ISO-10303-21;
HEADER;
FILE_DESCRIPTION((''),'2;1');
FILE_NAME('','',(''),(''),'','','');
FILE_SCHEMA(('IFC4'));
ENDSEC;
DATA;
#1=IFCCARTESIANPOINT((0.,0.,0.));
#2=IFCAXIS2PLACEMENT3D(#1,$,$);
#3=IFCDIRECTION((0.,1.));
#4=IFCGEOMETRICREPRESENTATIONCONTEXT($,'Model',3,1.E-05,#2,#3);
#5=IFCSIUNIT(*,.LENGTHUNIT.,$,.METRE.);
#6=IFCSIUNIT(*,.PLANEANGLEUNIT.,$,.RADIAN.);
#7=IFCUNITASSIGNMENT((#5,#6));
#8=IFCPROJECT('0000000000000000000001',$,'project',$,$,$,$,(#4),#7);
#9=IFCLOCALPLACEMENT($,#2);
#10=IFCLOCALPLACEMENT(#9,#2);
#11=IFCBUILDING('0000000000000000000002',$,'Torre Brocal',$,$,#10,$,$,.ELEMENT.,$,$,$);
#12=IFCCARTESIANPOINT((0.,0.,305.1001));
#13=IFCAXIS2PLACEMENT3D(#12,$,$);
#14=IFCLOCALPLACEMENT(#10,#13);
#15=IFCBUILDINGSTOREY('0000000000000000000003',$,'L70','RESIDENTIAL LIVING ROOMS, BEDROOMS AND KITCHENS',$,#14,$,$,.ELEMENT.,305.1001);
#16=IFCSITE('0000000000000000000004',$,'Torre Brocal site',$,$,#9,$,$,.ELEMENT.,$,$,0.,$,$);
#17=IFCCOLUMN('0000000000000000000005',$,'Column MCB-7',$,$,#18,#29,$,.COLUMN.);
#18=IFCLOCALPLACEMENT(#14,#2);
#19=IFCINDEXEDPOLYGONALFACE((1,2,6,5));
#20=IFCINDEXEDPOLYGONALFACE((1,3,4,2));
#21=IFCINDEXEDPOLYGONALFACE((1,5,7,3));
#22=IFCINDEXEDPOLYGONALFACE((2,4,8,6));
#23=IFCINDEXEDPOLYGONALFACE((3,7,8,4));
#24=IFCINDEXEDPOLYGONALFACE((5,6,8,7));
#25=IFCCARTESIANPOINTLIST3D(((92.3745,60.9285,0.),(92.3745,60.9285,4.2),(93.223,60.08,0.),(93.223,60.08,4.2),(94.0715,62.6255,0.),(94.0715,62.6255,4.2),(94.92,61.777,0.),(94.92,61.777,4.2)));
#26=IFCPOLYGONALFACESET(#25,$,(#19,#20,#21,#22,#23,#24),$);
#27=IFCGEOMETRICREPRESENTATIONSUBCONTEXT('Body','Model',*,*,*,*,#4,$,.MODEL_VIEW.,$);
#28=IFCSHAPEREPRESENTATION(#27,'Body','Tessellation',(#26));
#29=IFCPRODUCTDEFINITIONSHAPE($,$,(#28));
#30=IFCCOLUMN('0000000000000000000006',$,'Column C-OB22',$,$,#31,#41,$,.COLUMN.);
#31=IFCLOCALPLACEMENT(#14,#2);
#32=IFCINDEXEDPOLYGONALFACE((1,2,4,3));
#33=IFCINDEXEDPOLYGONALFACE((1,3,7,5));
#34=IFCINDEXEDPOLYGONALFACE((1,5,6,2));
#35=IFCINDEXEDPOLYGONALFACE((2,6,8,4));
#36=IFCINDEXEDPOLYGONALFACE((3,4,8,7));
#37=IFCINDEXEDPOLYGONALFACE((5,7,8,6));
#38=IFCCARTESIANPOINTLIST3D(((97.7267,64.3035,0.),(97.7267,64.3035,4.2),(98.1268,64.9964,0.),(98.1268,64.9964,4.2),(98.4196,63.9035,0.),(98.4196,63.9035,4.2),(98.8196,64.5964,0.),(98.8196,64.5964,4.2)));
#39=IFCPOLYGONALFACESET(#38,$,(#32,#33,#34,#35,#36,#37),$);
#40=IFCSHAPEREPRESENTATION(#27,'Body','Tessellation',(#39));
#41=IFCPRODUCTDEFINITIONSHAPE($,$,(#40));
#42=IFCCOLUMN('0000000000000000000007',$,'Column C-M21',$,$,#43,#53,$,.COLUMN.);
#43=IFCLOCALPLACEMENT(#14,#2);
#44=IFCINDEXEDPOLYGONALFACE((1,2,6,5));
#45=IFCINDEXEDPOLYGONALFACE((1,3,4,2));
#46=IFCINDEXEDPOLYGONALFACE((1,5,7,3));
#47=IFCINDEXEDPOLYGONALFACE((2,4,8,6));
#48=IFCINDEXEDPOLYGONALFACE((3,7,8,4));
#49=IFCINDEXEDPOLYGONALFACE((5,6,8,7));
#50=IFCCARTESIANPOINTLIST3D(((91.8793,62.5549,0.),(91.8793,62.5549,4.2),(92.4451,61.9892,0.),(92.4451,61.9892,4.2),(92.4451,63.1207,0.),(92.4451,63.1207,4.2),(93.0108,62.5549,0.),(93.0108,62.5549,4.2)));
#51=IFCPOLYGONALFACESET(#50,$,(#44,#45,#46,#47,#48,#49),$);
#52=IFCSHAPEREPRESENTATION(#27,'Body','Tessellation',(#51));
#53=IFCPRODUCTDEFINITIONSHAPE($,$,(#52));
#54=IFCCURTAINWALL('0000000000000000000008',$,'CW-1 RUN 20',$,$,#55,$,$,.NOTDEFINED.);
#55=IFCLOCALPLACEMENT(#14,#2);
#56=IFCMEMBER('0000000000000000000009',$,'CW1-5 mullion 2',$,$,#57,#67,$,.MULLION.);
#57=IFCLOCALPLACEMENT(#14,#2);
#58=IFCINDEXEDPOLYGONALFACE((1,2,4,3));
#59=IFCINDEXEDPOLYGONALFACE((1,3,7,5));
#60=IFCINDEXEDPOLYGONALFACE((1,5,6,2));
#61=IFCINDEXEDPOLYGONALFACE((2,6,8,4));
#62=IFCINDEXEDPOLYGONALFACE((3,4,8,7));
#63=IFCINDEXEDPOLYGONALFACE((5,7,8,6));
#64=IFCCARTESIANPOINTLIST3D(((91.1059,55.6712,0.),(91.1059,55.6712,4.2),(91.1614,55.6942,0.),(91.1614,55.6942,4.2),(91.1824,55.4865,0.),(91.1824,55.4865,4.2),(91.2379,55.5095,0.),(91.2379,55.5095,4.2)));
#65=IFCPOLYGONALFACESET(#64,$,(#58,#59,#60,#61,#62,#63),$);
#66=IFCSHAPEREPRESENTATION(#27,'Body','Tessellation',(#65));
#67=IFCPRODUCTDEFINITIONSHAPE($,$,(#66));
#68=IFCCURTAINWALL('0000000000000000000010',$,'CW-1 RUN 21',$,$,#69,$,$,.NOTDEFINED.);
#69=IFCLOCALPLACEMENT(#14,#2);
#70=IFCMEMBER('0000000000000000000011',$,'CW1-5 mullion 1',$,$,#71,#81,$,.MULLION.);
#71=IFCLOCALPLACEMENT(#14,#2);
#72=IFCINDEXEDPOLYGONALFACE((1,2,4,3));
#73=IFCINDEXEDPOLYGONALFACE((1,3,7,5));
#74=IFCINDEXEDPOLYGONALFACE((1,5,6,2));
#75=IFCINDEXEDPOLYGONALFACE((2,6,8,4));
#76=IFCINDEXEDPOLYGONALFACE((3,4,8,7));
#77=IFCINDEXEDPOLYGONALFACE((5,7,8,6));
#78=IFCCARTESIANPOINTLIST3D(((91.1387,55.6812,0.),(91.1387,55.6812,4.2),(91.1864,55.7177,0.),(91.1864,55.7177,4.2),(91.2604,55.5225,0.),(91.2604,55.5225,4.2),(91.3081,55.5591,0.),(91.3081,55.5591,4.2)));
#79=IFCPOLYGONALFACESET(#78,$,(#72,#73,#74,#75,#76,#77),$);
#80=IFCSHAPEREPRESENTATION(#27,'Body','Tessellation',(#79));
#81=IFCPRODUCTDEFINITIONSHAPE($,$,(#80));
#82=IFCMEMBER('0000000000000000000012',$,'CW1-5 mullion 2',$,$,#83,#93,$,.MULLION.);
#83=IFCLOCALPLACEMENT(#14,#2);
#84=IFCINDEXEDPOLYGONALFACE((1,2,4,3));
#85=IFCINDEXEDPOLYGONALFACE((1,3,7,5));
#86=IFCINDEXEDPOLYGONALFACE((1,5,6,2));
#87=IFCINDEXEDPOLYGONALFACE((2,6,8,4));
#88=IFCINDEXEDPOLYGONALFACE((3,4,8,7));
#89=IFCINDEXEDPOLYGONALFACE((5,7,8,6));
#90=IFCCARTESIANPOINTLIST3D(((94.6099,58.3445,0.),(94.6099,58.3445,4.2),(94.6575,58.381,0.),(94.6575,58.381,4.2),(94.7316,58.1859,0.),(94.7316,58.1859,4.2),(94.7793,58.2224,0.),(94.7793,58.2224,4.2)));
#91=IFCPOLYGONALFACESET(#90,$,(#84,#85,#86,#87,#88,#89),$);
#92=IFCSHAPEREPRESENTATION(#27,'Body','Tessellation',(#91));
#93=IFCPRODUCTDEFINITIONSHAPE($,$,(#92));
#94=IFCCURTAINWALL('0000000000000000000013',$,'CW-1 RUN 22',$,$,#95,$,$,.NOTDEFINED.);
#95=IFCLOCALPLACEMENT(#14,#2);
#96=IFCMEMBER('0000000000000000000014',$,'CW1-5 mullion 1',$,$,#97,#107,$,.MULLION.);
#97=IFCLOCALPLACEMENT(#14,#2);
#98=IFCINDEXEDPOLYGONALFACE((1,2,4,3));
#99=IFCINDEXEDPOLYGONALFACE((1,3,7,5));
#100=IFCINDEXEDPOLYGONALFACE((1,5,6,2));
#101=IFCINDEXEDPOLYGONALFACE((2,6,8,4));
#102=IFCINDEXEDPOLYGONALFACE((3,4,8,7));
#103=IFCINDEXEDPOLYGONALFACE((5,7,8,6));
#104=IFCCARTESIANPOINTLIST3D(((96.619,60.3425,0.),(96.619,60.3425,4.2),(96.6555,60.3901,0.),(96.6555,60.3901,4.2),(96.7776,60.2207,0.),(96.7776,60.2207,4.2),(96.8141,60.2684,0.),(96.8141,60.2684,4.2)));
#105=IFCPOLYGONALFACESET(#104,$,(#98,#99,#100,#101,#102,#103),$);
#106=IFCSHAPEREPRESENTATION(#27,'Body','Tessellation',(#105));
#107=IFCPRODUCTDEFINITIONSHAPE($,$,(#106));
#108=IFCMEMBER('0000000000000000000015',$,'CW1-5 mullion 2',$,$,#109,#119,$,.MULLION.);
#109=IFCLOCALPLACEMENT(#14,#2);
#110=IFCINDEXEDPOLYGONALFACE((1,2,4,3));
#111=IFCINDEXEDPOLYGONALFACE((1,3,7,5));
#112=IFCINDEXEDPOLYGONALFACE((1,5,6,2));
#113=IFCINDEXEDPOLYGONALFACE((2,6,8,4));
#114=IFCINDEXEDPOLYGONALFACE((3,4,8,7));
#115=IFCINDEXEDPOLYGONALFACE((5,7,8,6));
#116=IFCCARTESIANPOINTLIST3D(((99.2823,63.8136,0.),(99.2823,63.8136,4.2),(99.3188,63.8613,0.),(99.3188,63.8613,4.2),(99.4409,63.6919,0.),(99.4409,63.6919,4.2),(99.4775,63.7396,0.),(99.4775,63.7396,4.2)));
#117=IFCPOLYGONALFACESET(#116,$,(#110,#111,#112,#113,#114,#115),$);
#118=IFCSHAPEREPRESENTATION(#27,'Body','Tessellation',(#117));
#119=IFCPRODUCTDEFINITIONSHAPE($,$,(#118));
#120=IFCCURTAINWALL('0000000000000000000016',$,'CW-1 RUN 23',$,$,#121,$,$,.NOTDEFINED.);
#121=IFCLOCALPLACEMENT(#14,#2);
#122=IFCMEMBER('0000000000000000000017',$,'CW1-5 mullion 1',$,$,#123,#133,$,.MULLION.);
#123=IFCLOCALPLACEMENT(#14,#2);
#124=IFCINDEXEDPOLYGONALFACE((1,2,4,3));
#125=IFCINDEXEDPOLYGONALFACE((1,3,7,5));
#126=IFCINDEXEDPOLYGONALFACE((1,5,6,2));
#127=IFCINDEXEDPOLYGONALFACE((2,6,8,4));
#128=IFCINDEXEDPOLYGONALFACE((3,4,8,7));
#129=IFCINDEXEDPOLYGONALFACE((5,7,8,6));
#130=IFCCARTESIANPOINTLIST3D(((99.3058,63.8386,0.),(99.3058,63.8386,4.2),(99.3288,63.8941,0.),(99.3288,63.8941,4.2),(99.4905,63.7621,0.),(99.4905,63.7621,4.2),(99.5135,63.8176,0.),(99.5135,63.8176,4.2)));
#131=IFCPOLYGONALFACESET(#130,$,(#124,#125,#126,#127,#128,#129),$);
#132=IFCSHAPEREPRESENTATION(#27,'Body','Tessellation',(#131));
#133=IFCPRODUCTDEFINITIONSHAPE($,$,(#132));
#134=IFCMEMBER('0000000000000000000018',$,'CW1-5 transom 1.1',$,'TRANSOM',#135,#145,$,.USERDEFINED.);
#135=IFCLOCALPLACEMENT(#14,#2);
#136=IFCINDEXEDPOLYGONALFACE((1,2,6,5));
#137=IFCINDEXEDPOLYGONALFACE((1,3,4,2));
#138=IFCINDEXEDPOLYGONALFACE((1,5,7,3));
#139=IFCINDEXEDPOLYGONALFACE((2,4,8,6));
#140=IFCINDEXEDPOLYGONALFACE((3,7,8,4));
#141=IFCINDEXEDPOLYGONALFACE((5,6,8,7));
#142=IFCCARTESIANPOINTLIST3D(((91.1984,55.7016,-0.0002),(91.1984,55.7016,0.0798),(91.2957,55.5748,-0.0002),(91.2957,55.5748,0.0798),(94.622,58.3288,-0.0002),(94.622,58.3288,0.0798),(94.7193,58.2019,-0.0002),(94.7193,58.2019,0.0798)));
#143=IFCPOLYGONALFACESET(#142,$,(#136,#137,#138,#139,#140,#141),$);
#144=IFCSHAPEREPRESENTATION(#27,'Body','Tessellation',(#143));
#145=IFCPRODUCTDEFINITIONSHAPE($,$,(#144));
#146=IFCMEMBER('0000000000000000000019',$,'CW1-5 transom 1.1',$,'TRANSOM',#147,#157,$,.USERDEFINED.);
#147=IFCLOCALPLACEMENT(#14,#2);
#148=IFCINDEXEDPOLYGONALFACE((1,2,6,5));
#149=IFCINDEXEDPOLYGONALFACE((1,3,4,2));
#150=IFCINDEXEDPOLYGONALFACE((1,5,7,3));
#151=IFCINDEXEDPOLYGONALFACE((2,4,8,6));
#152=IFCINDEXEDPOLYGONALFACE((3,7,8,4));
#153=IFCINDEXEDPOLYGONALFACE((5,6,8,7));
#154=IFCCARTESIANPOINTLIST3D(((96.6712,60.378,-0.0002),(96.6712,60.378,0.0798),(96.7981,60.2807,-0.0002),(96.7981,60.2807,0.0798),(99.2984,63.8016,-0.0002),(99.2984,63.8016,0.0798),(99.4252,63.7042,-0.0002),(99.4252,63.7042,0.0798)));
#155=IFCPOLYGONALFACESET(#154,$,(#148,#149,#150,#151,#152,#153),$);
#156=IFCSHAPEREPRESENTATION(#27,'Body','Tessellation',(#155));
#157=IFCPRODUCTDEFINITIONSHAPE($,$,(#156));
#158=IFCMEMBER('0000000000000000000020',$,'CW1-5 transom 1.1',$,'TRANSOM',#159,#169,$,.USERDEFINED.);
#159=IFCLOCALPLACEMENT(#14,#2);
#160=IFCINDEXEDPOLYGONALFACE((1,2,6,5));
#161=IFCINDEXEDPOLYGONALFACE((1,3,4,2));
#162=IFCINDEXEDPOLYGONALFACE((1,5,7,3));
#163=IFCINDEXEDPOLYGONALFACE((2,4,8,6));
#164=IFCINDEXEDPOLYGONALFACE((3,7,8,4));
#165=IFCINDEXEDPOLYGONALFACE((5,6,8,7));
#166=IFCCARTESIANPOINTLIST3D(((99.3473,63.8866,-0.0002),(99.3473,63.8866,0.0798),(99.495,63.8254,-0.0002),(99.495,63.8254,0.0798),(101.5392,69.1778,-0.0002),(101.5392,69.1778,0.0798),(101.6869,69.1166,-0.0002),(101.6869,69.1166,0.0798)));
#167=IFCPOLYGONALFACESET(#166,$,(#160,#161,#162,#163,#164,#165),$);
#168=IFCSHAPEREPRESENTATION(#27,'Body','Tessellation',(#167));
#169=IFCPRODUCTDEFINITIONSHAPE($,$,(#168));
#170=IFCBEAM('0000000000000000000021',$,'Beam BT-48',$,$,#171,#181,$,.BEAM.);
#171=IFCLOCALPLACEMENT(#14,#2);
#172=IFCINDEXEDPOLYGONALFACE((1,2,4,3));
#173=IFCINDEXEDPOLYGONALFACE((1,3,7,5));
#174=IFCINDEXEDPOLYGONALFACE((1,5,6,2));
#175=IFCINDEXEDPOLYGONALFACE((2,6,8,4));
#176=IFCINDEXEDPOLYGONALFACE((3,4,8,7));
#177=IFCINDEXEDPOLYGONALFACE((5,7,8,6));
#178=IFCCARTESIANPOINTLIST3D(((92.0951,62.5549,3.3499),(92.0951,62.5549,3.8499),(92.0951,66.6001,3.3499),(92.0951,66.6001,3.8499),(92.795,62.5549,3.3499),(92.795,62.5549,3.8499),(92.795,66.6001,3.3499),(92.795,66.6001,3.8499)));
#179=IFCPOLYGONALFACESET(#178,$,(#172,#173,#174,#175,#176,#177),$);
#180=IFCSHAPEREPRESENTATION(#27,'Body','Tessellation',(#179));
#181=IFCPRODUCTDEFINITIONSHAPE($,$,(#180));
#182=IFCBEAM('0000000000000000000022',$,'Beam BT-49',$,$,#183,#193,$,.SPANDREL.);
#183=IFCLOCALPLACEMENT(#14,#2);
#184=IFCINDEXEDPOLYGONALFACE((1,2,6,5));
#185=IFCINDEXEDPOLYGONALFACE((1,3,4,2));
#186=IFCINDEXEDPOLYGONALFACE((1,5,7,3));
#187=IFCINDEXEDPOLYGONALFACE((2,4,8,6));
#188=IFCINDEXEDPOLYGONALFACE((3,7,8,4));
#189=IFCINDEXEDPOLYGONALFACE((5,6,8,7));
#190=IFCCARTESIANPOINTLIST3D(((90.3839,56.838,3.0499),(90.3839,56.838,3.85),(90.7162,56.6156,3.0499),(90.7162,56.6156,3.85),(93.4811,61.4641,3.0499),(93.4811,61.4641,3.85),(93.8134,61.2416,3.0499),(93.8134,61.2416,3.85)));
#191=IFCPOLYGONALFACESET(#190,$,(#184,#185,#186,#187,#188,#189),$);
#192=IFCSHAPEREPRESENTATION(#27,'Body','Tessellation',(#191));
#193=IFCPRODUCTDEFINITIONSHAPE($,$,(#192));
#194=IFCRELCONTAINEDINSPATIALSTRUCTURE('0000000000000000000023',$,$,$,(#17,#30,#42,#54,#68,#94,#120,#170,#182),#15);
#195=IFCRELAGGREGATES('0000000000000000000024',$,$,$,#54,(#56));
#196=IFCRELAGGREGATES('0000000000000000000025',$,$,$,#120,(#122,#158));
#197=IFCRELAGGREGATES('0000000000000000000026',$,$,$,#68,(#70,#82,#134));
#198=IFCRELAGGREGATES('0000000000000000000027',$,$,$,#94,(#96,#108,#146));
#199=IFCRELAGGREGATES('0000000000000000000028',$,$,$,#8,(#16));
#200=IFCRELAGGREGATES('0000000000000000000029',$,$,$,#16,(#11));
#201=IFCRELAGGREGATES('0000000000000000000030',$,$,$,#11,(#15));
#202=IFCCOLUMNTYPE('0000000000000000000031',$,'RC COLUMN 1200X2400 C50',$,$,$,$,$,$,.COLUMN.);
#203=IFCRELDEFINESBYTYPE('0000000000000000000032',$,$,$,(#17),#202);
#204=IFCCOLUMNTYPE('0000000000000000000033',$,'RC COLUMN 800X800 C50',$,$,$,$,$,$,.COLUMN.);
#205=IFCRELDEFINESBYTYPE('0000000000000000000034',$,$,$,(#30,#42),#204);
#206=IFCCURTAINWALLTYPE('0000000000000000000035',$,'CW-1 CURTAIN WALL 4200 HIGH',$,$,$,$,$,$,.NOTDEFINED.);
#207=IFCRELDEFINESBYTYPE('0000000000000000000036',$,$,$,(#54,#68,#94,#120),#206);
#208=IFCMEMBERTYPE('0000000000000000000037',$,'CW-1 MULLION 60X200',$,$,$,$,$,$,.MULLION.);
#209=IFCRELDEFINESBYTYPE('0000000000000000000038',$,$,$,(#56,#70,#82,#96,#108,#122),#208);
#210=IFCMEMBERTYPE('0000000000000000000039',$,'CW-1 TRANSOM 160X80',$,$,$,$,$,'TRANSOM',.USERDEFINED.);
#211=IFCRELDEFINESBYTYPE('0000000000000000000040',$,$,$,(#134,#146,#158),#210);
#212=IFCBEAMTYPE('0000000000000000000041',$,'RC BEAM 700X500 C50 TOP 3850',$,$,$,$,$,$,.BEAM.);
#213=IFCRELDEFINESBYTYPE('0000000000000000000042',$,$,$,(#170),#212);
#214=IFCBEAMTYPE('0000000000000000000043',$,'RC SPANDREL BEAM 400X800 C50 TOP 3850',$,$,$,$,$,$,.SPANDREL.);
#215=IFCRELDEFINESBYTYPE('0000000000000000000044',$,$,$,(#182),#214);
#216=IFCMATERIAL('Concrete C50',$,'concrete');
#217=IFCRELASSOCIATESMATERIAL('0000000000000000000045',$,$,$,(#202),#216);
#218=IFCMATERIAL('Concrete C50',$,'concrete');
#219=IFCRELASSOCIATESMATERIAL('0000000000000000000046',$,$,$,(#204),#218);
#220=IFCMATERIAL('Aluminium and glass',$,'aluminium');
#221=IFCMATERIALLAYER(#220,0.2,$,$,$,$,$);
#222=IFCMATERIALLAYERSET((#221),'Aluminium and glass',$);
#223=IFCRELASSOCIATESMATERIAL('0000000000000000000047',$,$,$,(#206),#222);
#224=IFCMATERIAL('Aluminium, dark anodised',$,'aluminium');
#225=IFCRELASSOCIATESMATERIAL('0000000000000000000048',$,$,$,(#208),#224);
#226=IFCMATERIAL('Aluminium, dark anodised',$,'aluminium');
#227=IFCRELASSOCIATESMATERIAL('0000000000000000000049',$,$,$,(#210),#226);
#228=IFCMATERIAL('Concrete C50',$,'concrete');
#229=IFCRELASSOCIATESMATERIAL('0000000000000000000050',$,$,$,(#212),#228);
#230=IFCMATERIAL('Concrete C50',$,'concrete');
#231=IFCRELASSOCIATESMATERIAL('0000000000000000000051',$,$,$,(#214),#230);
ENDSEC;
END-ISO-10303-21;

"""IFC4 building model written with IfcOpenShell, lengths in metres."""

from ifc_helpers import new_model, si_unit, direction, frame, origin, origin_2d, place, context, subcontext, project, spatial, rectangle, extrude, material, layer, layer_set, material_profile, profile_set, type_object, element, aggregate, save


model = new_model("IFC4")

# Units and contexts
model_context = context("Model", 3, precision=1e-05, world=origin(), true_north=direction((0.0, 1.0)))
body_context = subcontext(model_context, "Body", "Model", "MODEL_VIEW")
ifc_project = project(units=[si_unit("LENGTHUNIT", "METRE"), si_unit("PLANEANGLEUNIT", "RADIAN")], contexts=[model_context])

# Site, building, storey
site_placement = place(None, origin())
site = spatial("IfcSite", under=ifc_project, at=site_placement, Name="Torre Brocal site", CompositionType="ELEMENT", RefElevation=0.0)
building_placement = place(site_placement, origin())
building = spatial("IfcBuilding", under=site, at=building_placement, Name="Torre Brocal", CompositionType="ELEMENT")
storey_placement = place(building_placement, frame((0.0, 0.0, 305.1001)))
storey = spatial("IfcBuildingStorey", under=building, at=storey_placement, Name="L70", Description="RESIDENTIAL LIVING ROOMS, BEDROOMS AND KITCHENS", CompositionType="ELEMENT", Elevation=305.1001)

# Columns
ifc_material_1 = material(Name="Concrete C50", Category="concrete")
ifc_material_profile_1 = material_profile(ifc_material_1, rectangle(XDim=1.2, YDim=2.3999, at=origin_2d()), Name="RC 1200X2400")
ifc_profile_set_1 = profile_set([ifc_material_profile_1], Name="Concrete C50")
column_type_1 = type_object("IfcColumnType", Name="RC COLUMN 1200X2400 C50", PredefinedType="COLUMN", material=ifc_profile_set_1)
column_placement = place(storey_placement, frame((93.6472, 61.3528, 0.0), z_axis=(0.0, 0.0, 1.0), x_axis=(0.707107, -0.707107, 0.0)))
element("IfcColumn", 1, at=column_placement, inside=storey, type_object=column_type_1, Name="Column MCB-7", PredefinedType="COLUMN", context=body_context, shape_type="SweptSolid", body=[
    extrude(rectangle(XDim=1.2, YDim=2.3999, at=origin_2d()), origin(), (0.0, 0.0, 1.0), 4.2),
])
ifc_material_2 = material(Name="Concrete C50", Category="concrete")
ifc_material_profile_2 = material_profile(ifc_material_2, rectangle(XDim=0.8, YDim=0.8, at=origin_2d()), Name="RC 800X800")
ifc_profile_set_2 = profile_set([ifc_material_profile_2], Name="Concrete C50")
column_type_2 = type_object("IfcColumnType", Name="RC COLUMN 800X800 C50", PredefinedType="COLUMN", material=ifc_profile_set_2)
for number, where, z_axis, x_axis, name in (
    (2, (98.2732, 64.45, 0.0), (0.0, 0.0, 1.0), (0.866025, -0.5, 0.0), "Column C-OB22"),
    (3, (92.4451, 62.5549, 0.0), (0.0, 0.0, 1.0), (0.707107, -0.707107, 0.0), "Column C-M21"),
):
    element("IfcColumn", number, at=place(storey_placement, frame(where, z_axis=z_axis, x_axis=x_axis)), inside=storey, type_object=column_type_2, Name=name, PredefinedType="COLUMN", context=body_context, shape_type="SweptSolid", body=[
        extrude(rectangle(XDim=0.8, YDim=0.8, at=origin_2d()), origin(), (0.0, 0.0, 1.0), 4.2),
    ])

# Curtain wall, member
ifc_material_3 = material(Name="Aluminium and glass", Category="aluminium")
ifc_layer_1 = layer(ifc_material_3, 0.2)
ifc_layer_set_1 = layer_set([ifc_layer_1], Name="Aluminium and glass")
curtain_wall_type = type_object("IfcCurtainWallType", Name="CW-1 CURTAIN WALL 4200 HIGH", PredefinedType="NOTDEFINED", material=ifc_layer_set_1)
curtain_wall_1_placement = place(storey_placement, origin())
curtain_wall_1 = element("IfcCurtainWall", 4, at=curtain_wall_1_placement, inside=storey, type_object=curtain_wall_type, Name="CW-1 RUN 20", PredefinedType="NOTDEFINED")
ifc_material_4 = material(Name="Aluminium, dark anodised", Category="aluminium")
ifc_material_profile_3 = material_profile(ifc_material_4, rectangle(XDim=0.2, YDim=0.0601, at=origin_2d()), Name="CW-1 MULLION 60X200")
ifc_profile_set_3 = profile_set([ifc_material_profile_3], Name="Aluminium, dark anodised")
member_type_1 = type_object("IfcMemberType", Name="CW-1 MULLION 60X200", PredefinedType="MULLION", material=ifc_profile_set_3)
member_1_placement = place(storey_placement, frame((91.1719, 55.5903, 0.0), z_axis=(0.0, 0.0, 1.0), x_axis=(-0.382683, 0.92388, 0.0)))
member_1 = element("IfcMember", 5, at=member_1_placement, type_object=member_type_1, Name="CW1-5 mullion 2", PredefinedType="MULLION", context=body_context, shape_type="SweptSolid", body=[
    extrude(rectangle(XDim=0.2, YDim=0.0601, at=origin_2d()), origin(), (0.0, 0.0, 1.0), 4.2),
])
aggregate(curtain_wall_1, [member_1])

# Curtain walls, members
curtain_wall_2_placement = place(storey_placement, origin())
curtain_wall_2 = element("IfcCurtainWall", 6, at=curtain_wall_2_placement, inside=storey, type_object=curtain_wall_type, Name="CW-1 RUN 21", PredefinedType="NOTDEFINED")
member_2_placement = place(storey_placement, frame((91.2234, 55.6201, 0.0), z_axis=(0.0, 0.0, 1.0), x_axis=(-0.608761, 0.793353, 0.0)))
member_2 = element("IfcMember", 7, at=member_2_placement, type_object=member_type_1, Name="CW1-5 mullion 1", PredefinedType="MULLION", context=body_context, shape_type="SweptSolid", body=[
    extrude(rectangle(XDim=0.2, YDim=0.0601, at=origin_2d()), origin(), (0.0, 0.0, 1.0), 4.2),
])
member_3_placement = place(storey_placement, frame((94.6946, 58.2834, 0.0), z_axis=(0.0, 0.0, 1.0), x_axis=(-0.608761, 0.793353, 0.0)))
member_3 = element("IfcMember", 8, at=member_3_placement, type_object=member_type_1, Name="CW1-5 mullion 2", PredefinedType="MULLION", context=body_context, shape_type="SweptSolid", body=[
    extrude(rectangle(XDim=0.2, YDim=0.0601, at=origin_2d()), origin(), (0.0, 0.0, 1.0), 4.2),
])
curtain_wall_3_placement = place(storey_placement, origin())
curtain_wall_3 = element("IfcCurtainWall", 9, at=curtain_wall_3_placement, inside=storey, type_object=curtain_wall_type, Name="CW-1 RUN 22", PredefinedType="NOTDEFINED")
member_4_placement = place(storey_placement, frame((96.7166, 60.3054, 0.0), z_axis=(0.0, 0.0, 1.0), x_axis=(-0.793353, 0.608761, 0.0)))
member_4 = element("IfcMember", 10, at=member_4_placement, type_object=member_type_1, Name="CW1-5 mullion 1", PredefinedType="MULLION", context=body_context, shape_type="SweptSolid", body=[
    extrude(rectangle(XDim=0.2, YDim=0.0601, at=origin_2d()), origin(), (0.0, 0.0, 1.0), 4.2),
])
member_5_placement = place(storey_placement, frame((99.3799, 63.7766, 0.0), z_axis=(0.0, 0.0, 1.0), x_axis=(-0.793353, 0.608761, 0.0)))
member_5 = element("IfcMember", 11, at=member_5_placement, type_object=member_type_1, Name="CW1-5 mullion 2", PredefinedType="MULLION", context=body_context, shape_type="SweptSolid", body=[
    extrude(rectangle(XDim=0.2, YDim=0.0601, at=origin_2d()), origin(), (0.0, 0.0, 1.0), 4.2),
])

# Curtain wall, member
curtain_wall_4_placement = place(storey_placement, origin())
curtain_wall_4 = element("IfcCurtainWall", 12, at=curtain_wall_4_placement, inside=storey, type_object=curtain_wall_type, Name="CW-1 RUN 23", PredefinedType="NOTDEFINED")
member_6_placement = place(storey_placement, frame((99.4097, 63.8281, 0.0), z_axis=(0.0, 0.0, 1.0), x_axis=(-0.92388, 0.382683, 0.0)))
member_6 = element("IfcMember", 13, at=member_6_placement, type_object=member_type_1, Name="CW1-5 mullion 1", PredefinedType="MULLION", context=body_context, shape_type="SweptSolid", body=[
    extrude(rectangle(XDim=0.2, YDim=0.0601, at=origin_2d()), origin(), (0.0, 0.0, 1.0), 4.2),
])

# Members
ifc_material_5 = material(Name="Aluminium, dark anodised", Category="aluminium")
ifc_material_profile_4 = material_profile(ifc_material_5, rectangle(XDim=0.1599, YDim=0.0801, at=origin_2d()), Name="CW-1 TRANSOM 160X80")
ifc_profile_set_4 = profile_set([ifc_material_profile_4], Name="Aluminium, dark anodised")
member_type_2 = type_object("IfcMemberType", Name="CW-1 TRANSOM 160X80", ElementType="TRANSOM", PredefinedType="USERDEFINED", material=ifc_profile_set_4)
member_7_placement = place(storey_placement, frame((91.2471, 55.6382, 0.0398), z_axis=(0.793332, 0.608789, 0.0), x_axis=(-0.608789, 0.793332, 0.0)))
member_7 = element("IfcMember", 14, at=member_7_placement, type_object=member_type_2, Name="CW1-5 transom 1.1", ObjectType="TRANSOM", PredefinedType="USERDEFINED", context=body_context, shape_type="SweptSolid", body=[
    extrude(rectangle(XDim=0.1599, YDim=0.0801, at=origin_2d()), origin(), (0.0, 0.0, 1.0), 4.3154),
])
member_8_placement = place(storey_placement, frame((96.7346, 60.3293, 0.0398), z_axis=(0.608789, 0.793332, 0.0), x_axis=(-0.793332, 0.608789, 0.0)))
member_8 = element("IfcMember", 15, at=member_8_placement, type_object=member_type_2, Name="CW1-5 transom 1.1", ObjectType="TRANSOM", PredefinedType="USERDEFINED", context=body_context, shape_type="SweptSolid", body=[
    extrude(rectangle(XDim=0.1599, YDim=0.0801, at=origin_2d()), origin(), (0.0, 0.0, 1.0), 4.3154),
])
member_9_placement = place(storey_placement, frame((99.4211, 63.856, 0.0398), z_axis=(0.382711, 0.923868, 0.0), x_axis=(-0.923868, 0.382711, 0.0)))
member_9 = element("IfcMember", 16, at=member_9_placement, type_object=member_type_2, Name="CW1-5 transom 1.1", ObjectType="TRANSOM", PredefinedType="USERDEFINED", context=body_context, shape_type="SweptSolid", body=[
    extrude(rectangle(XDim=0.1599, YDim=0.0801, at=origin_2d()), origin(), (0.0, 0.0, 1.0), 5.7273),
])
aggregate(curtain_wall_4, [member_6, member_9])

# Beams
ifc_material_6 = material(Name="Concrete C50", Category="concrete")
ifc_material_profile_5 = material_profile(ifc_material_6, rectangle(XDim=0.7, YDim=0.5, at=origin_2d()), Name="RC 700X500")
ifc_profile_set_5 = profile_set([ifc_material_profile_5], Name="Concrete C50")
beam_type_1 = type_object("IfcBeamType", Name="RC BEAM 700X500 C50 TOP 3850", PredefinedType="BEAM", material=ifc_profile_set_5)
beam_placement = place(storey_placement, frame((92.4451, 62.5549, 3.5999), z_axis=(0.0, 1.0, 0.0), x_axis=(-1.0, 0.0, 0.0)))
element("IfcBeam", 17, at=beam_placement, inside=storey, type_object=beam_type_1, Name="Beam BT-48", PredefinedType="BEAM", context=body_context, shape_type="SweptSolid", body=[
    extrude(rectangle(XDim=0.7, YDim=0.5, at=origin_2d()), origin(), (0.0, 0.0, 1.0), 4.0452),
])
ifc_material_7 = material(Name="Concrete C50", Category="concrete")
ifc_material_profile_6 = material_profile(ifc_material_7, rectangle(XDim=0.3999, YDim=0.8, at=origin_2d()), Name="RC 400X800")
ifc_profile_set_6 = profile_set([ifc_material_profile_6], Name="Concrete C50")
beam_type_2 = type_object("IfcBeamType", Name="RC SPANDREL BEAM 400X800 C50 TOP 3850", PredefinedType="SPANDREL", material=ifc_profile_set_6)
for number, where, z_axis, x_axis, name in (
    (18, (90.55, 56.7268, 3.45), (0.556339, 0.830956, 0.0), (-0.830956, 0.556339, 0.0), "Beam BT-49"),
):
    element("IfcBeam", number, at=place(storey_placement, frame(where, z_axis=z_axis, x_axis=x_axis)), inside=storey, type_object=beam_type_2, Name=name, PredefinedType="SPANDREL", context=body_context, shape_type="SweptSolid", body=[
        extrude(rectangle(XDim=0.3999, YDim=0.8, at=origin_2d()), origin(), (0.0, 0.0, 1.0), 5.5671),
    ])

aggregate(curtain_wall_2, [member_2, member_3, member_7])
aggregate(curtain_wall_3, [member_4, member_5, member_8])

save(model, "model.ifc")
